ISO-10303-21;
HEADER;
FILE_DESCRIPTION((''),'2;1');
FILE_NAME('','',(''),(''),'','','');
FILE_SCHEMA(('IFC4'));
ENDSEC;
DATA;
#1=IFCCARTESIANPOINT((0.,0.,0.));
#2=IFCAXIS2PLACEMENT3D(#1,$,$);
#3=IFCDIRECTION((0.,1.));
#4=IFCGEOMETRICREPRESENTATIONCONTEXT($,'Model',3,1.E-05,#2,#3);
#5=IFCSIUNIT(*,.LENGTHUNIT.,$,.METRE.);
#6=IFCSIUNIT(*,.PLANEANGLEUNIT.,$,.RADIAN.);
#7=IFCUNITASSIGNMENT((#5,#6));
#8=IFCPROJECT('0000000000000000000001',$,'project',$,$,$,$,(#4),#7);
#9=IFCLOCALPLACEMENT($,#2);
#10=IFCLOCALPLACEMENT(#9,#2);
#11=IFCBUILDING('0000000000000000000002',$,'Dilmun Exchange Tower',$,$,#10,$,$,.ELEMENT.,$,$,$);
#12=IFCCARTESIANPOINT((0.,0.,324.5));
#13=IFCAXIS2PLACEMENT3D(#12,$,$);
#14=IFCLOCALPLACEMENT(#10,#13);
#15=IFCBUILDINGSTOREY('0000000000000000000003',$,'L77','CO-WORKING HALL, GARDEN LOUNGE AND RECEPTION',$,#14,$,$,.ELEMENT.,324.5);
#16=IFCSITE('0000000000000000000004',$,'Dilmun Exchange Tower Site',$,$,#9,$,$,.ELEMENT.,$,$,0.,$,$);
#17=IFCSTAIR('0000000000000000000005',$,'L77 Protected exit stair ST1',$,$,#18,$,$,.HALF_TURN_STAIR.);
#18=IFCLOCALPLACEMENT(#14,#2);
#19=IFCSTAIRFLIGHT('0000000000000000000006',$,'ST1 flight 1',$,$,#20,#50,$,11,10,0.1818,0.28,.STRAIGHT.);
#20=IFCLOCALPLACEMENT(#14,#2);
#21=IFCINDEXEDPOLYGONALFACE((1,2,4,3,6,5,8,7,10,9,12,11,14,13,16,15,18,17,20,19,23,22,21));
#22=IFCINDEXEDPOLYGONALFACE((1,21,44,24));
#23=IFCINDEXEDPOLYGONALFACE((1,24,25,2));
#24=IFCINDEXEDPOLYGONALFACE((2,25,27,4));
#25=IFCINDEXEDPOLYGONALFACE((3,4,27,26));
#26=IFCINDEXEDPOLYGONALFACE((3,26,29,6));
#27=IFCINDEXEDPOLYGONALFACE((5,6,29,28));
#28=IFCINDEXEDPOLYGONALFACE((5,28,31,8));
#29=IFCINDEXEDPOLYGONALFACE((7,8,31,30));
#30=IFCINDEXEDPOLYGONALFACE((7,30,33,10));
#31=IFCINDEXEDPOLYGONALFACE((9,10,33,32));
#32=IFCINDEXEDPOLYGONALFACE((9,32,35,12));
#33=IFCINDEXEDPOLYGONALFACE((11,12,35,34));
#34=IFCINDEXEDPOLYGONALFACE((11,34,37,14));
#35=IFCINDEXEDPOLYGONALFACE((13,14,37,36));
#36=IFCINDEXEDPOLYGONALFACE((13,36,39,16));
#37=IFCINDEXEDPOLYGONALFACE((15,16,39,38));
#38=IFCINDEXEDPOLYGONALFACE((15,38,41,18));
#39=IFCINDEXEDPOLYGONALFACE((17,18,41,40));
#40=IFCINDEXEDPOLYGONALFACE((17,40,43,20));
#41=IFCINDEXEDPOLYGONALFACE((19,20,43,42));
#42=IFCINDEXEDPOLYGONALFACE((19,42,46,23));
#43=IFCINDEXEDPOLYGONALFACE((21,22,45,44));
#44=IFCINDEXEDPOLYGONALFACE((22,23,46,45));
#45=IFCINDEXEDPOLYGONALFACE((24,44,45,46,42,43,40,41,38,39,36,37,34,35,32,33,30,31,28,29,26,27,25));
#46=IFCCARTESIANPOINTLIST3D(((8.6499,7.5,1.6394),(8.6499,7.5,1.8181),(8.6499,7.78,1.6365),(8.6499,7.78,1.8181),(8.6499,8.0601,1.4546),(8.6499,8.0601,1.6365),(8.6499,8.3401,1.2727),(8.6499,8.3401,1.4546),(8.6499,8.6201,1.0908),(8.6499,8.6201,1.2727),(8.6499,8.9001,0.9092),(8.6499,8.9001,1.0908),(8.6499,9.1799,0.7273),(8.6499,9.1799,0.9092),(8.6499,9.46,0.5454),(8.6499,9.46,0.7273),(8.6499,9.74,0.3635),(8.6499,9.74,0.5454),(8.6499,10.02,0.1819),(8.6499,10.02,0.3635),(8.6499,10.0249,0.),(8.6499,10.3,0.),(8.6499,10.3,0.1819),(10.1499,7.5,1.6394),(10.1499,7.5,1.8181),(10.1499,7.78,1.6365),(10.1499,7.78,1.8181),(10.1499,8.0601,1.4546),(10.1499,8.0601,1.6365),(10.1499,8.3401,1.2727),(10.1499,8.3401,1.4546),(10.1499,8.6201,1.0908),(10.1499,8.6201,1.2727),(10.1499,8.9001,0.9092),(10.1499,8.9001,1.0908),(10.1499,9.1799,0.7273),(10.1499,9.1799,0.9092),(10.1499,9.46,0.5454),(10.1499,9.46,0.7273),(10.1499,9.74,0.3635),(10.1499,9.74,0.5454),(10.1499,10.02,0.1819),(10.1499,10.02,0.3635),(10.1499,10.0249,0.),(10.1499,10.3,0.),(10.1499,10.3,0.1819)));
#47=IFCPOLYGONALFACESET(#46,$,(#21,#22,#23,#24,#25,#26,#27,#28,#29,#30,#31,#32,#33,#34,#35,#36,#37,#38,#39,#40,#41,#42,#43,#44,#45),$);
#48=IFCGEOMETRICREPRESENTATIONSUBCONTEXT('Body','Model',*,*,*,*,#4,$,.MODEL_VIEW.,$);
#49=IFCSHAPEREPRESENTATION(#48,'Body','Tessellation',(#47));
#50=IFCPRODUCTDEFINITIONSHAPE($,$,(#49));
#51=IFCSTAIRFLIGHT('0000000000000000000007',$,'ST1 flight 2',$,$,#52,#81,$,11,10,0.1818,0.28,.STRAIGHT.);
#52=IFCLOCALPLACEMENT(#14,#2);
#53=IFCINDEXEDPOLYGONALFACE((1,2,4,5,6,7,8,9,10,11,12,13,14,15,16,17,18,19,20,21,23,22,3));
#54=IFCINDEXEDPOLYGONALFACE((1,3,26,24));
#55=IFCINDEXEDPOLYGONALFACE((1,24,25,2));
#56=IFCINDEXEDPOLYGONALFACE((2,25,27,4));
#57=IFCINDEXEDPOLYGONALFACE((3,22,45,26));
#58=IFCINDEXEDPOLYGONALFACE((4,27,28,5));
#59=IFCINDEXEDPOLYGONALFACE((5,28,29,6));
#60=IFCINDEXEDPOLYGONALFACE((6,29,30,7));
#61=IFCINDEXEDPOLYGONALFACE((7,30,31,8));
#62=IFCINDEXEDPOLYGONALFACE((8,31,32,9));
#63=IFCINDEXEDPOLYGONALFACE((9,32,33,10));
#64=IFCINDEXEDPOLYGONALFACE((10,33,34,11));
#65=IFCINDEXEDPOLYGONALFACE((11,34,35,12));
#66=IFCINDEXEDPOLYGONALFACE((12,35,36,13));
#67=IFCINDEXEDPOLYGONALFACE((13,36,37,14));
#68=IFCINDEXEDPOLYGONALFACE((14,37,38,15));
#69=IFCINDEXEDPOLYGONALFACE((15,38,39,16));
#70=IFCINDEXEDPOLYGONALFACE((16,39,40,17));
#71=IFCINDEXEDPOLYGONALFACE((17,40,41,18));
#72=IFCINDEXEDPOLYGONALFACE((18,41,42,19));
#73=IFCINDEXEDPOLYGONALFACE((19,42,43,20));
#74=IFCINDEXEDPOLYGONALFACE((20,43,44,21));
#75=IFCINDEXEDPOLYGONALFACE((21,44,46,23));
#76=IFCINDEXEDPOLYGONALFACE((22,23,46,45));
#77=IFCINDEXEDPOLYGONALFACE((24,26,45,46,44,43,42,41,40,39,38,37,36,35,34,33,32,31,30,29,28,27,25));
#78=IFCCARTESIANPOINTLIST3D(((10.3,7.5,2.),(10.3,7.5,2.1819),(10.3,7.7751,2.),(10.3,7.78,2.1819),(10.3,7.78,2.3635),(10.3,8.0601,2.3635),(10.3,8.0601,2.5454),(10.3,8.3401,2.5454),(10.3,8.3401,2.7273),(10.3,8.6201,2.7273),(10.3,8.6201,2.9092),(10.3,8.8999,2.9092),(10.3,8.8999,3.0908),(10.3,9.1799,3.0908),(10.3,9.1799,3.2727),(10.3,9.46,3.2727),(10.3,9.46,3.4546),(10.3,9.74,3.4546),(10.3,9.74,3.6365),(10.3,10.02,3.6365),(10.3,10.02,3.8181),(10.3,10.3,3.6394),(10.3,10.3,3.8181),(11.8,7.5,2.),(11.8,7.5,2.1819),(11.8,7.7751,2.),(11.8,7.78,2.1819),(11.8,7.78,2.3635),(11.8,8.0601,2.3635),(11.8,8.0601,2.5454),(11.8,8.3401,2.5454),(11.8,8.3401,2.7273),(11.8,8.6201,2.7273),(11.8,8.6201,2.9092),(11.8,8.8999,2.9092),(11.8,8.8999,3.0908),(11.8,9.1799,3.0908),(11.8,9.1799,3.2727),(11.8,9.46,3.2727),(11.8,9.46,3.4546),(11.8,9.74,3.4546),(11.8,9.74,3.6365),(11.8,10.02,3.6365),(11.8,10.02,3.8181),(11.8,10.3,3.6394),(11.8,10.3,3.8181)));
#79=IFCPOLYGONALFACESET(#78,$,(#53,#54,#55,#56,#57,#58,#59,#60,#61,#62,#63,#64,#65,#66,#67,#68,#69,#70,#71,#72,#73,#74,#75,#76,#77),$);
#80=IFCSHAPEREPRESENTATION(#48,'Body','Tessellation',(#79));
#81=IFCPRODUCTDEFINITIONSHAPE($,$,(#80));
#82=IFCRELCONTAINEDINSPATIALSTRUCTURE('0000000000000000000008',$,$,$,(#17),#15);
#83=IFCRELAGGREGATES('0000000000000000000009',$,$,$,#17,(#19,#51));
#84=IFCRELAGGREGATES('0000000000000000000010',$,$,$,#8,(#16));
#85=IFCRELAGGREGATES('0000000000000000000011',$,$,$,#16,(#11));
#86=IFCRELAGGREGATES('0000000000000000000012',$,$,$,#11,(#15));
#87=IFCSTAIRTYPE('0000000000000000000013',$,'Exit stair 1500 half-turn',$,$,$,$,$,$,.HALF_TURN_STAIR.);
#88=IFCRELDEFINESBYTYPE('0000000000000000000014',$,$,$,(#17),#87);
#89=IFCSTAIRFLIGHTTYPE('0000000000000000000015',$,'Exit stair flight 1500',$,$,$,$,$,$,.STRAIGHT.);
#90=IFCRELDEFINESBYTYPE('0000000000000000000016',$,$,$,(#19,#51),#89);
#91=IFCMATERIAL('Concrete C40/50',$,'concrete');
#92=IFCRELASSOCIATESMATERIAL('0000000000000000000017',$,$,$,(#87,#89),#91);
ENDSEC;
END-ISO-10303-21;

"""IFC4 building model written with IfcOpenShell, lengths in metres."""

from ifc_helpers import new_model, si_unit, direction, frame, origin, place, context, subcontext, project, spatial, polyline, outline, extrude, material, type_object, element, aggregate, save


model = new_model("IFC4")

# Units and contexts
model_context = context("Model", 3, precision=1e-05, world=origin(), true_north=direction((0.0, 1.0)))
body_context = subcontext(model_context, "Body", "Model", "MODEL_VIEW")
ifc_project = project(units=[si_unit("LENGTHUNIT", "METRE"), si_unit("PLANEANGLEUNIT", "RADIAN")], contexts=[model_context])

# Site, building, storey
site_placement = place(None, origin())
site = spatial("IfcSite", under=ifc_project, at=site_placement, Name="Dilmun Exchange Tower Site", CompositionType="ELEMENT", RefElevation=0.0)
building_placement = place(site_placement, origin())
building = spatial("IfcBuilding", under=site, at=building_placement, Name="Dilmun Exchange Tower", CompositionType="ELEMENT")
storey_placement = place(building_placement, frame((0.0, 0.0, 324.5)))
storey = spatial("IfcBuildingStorey", under=building, at=storey_placement, Name="L77", Description="CO-WORKING HALL, GARDEN LOUNGE AND RECEPTION", CompositionType="ELEMENT", Elevation=324.5)

# Shared definitions
ifc_material_1 = material(Name="Concrete C40/50", Category="concrete")

# Stair, stair flights
stair_type = type_object("IfcStairType", Name="Exit stair 1500 half-turn", PredefinedType="HALF_TURN_STAIR", material=ifc_material_1)
stair_placement = place(storey_placement, origin())
stair = element("IfcStair", 1, at=stair_placement, inside=storey, type_object=stair_type, Name="L77 Protected exit stair ST1", PredefinedType="HALF_TURN_STAIR")
stair_flight_type = type_object("IfcStairFlightType", Name="Exit stair flight 1500", PredefinedType="STRAIGHT", material=ifc_material_1)
stair_flight_1_placement = place(storey_placement, frame((9.3999, 10.3, 0.0), z_axis=(0.0, 0.0, 1.0), x_axis=(0.0, -1.0, 0.0)))
stair_flight_1 = element("IfcStairFlight", 2, at=stair_flight_1_placement, type_object=stair_flight_type, Name="ST1 flight 1", NumberOfRisers=11, NumberOfTreads=10, PredefinedType="STRAIGHT", RiserHeight=0.1818, TreadLength=0.28, context=body_context, shape_type="SweptSolid", body=[
    extrude(outline(polyline([(0.0, 0.0), (0.0, 0.1819), (0.28, 0.1819), (0.28, 0.3635), (0.5601, 0.3635), (0.5601, 0.5454), (0.8401, 0.5454), (0.8401, 0.7273), (1.1201, 0.7273), (1.1201, 0.9092), (1.3999, 0.9092), (1.3999, 1.0908), (1.6799, 1.0908), (1.6799, 1.2727), (1.96, 1.2727), (1.96, 1.4546), (2.24, 1.4546), (2.24, 1.6365), (2.52, 1.6365), (2.52, 1.8181), (2.8, 1.8181), (2.8, 2.0), (2.8, 1.6394), (0.2751, 0.0), (0.0, 0.0)])), frame((0.0, 0.75, 0.0), z_axis=(0.0, -1.0, 0.0), x_axis=(1.0, 0.0, 0.0)), (0.0, 0.0, 1.0), 1.5),
])
stair_flight_2_placement = place(storey_placement, frame((11.05, 7.5, 2.0), z_axis=(0.0, 0.0, 1.0), x_axis=(0.0, 1.0, 0.0)))
stair_flight_2 = element("IfcStairFlight", 3, at=stair_flight_2_placement, type_object=stair_flight_type, Name="ST1 flight 2", NumberOfRisers=11, NumberOfTreads=10, PredefinedType="STRAIGHT", RiserHeight=0.1818, TreadLength=0.28, context=body_context, shape_type="SweptSolid", body=[
    extrude(outline(polyline([(0.0, 0.0), (0.0, 0.1819), (0.28, 0.1819), (0.28, 0.3635), (0.5601, 0.3635), (0.5601, 0.5454), (0.8401, 0.5454), (0.8401, 0.7273), (1.1201, 0.7273), (1.1201, 0.9092), (1.3999, 0.9092), (1.3999, 1.0908), (1.6799, 1.0908), (1.6799, 1.2727), (1.96, 1.2727), (1.96, 1.4546), (2.24, 1.4546), (2.24, 1.6365), (2.52, 1.6365), (2.52, 1.8181), (2.8, 1.8181), (2.8, 2.0), (2.8, 1.6394), (0.2751, 0.0), (0.0, 0.0)])), frame((0.0, 0.75, 0.0), z_axis=(0.0, -1.0, 0.0), x_axis=(1.0, 0.0, 0.0)), (0.0, 0.0, 1.0), 1.5),
])
aggregate(stair, [stair_flight_1, stair_flight_2])

save(model, "model.ifc")
